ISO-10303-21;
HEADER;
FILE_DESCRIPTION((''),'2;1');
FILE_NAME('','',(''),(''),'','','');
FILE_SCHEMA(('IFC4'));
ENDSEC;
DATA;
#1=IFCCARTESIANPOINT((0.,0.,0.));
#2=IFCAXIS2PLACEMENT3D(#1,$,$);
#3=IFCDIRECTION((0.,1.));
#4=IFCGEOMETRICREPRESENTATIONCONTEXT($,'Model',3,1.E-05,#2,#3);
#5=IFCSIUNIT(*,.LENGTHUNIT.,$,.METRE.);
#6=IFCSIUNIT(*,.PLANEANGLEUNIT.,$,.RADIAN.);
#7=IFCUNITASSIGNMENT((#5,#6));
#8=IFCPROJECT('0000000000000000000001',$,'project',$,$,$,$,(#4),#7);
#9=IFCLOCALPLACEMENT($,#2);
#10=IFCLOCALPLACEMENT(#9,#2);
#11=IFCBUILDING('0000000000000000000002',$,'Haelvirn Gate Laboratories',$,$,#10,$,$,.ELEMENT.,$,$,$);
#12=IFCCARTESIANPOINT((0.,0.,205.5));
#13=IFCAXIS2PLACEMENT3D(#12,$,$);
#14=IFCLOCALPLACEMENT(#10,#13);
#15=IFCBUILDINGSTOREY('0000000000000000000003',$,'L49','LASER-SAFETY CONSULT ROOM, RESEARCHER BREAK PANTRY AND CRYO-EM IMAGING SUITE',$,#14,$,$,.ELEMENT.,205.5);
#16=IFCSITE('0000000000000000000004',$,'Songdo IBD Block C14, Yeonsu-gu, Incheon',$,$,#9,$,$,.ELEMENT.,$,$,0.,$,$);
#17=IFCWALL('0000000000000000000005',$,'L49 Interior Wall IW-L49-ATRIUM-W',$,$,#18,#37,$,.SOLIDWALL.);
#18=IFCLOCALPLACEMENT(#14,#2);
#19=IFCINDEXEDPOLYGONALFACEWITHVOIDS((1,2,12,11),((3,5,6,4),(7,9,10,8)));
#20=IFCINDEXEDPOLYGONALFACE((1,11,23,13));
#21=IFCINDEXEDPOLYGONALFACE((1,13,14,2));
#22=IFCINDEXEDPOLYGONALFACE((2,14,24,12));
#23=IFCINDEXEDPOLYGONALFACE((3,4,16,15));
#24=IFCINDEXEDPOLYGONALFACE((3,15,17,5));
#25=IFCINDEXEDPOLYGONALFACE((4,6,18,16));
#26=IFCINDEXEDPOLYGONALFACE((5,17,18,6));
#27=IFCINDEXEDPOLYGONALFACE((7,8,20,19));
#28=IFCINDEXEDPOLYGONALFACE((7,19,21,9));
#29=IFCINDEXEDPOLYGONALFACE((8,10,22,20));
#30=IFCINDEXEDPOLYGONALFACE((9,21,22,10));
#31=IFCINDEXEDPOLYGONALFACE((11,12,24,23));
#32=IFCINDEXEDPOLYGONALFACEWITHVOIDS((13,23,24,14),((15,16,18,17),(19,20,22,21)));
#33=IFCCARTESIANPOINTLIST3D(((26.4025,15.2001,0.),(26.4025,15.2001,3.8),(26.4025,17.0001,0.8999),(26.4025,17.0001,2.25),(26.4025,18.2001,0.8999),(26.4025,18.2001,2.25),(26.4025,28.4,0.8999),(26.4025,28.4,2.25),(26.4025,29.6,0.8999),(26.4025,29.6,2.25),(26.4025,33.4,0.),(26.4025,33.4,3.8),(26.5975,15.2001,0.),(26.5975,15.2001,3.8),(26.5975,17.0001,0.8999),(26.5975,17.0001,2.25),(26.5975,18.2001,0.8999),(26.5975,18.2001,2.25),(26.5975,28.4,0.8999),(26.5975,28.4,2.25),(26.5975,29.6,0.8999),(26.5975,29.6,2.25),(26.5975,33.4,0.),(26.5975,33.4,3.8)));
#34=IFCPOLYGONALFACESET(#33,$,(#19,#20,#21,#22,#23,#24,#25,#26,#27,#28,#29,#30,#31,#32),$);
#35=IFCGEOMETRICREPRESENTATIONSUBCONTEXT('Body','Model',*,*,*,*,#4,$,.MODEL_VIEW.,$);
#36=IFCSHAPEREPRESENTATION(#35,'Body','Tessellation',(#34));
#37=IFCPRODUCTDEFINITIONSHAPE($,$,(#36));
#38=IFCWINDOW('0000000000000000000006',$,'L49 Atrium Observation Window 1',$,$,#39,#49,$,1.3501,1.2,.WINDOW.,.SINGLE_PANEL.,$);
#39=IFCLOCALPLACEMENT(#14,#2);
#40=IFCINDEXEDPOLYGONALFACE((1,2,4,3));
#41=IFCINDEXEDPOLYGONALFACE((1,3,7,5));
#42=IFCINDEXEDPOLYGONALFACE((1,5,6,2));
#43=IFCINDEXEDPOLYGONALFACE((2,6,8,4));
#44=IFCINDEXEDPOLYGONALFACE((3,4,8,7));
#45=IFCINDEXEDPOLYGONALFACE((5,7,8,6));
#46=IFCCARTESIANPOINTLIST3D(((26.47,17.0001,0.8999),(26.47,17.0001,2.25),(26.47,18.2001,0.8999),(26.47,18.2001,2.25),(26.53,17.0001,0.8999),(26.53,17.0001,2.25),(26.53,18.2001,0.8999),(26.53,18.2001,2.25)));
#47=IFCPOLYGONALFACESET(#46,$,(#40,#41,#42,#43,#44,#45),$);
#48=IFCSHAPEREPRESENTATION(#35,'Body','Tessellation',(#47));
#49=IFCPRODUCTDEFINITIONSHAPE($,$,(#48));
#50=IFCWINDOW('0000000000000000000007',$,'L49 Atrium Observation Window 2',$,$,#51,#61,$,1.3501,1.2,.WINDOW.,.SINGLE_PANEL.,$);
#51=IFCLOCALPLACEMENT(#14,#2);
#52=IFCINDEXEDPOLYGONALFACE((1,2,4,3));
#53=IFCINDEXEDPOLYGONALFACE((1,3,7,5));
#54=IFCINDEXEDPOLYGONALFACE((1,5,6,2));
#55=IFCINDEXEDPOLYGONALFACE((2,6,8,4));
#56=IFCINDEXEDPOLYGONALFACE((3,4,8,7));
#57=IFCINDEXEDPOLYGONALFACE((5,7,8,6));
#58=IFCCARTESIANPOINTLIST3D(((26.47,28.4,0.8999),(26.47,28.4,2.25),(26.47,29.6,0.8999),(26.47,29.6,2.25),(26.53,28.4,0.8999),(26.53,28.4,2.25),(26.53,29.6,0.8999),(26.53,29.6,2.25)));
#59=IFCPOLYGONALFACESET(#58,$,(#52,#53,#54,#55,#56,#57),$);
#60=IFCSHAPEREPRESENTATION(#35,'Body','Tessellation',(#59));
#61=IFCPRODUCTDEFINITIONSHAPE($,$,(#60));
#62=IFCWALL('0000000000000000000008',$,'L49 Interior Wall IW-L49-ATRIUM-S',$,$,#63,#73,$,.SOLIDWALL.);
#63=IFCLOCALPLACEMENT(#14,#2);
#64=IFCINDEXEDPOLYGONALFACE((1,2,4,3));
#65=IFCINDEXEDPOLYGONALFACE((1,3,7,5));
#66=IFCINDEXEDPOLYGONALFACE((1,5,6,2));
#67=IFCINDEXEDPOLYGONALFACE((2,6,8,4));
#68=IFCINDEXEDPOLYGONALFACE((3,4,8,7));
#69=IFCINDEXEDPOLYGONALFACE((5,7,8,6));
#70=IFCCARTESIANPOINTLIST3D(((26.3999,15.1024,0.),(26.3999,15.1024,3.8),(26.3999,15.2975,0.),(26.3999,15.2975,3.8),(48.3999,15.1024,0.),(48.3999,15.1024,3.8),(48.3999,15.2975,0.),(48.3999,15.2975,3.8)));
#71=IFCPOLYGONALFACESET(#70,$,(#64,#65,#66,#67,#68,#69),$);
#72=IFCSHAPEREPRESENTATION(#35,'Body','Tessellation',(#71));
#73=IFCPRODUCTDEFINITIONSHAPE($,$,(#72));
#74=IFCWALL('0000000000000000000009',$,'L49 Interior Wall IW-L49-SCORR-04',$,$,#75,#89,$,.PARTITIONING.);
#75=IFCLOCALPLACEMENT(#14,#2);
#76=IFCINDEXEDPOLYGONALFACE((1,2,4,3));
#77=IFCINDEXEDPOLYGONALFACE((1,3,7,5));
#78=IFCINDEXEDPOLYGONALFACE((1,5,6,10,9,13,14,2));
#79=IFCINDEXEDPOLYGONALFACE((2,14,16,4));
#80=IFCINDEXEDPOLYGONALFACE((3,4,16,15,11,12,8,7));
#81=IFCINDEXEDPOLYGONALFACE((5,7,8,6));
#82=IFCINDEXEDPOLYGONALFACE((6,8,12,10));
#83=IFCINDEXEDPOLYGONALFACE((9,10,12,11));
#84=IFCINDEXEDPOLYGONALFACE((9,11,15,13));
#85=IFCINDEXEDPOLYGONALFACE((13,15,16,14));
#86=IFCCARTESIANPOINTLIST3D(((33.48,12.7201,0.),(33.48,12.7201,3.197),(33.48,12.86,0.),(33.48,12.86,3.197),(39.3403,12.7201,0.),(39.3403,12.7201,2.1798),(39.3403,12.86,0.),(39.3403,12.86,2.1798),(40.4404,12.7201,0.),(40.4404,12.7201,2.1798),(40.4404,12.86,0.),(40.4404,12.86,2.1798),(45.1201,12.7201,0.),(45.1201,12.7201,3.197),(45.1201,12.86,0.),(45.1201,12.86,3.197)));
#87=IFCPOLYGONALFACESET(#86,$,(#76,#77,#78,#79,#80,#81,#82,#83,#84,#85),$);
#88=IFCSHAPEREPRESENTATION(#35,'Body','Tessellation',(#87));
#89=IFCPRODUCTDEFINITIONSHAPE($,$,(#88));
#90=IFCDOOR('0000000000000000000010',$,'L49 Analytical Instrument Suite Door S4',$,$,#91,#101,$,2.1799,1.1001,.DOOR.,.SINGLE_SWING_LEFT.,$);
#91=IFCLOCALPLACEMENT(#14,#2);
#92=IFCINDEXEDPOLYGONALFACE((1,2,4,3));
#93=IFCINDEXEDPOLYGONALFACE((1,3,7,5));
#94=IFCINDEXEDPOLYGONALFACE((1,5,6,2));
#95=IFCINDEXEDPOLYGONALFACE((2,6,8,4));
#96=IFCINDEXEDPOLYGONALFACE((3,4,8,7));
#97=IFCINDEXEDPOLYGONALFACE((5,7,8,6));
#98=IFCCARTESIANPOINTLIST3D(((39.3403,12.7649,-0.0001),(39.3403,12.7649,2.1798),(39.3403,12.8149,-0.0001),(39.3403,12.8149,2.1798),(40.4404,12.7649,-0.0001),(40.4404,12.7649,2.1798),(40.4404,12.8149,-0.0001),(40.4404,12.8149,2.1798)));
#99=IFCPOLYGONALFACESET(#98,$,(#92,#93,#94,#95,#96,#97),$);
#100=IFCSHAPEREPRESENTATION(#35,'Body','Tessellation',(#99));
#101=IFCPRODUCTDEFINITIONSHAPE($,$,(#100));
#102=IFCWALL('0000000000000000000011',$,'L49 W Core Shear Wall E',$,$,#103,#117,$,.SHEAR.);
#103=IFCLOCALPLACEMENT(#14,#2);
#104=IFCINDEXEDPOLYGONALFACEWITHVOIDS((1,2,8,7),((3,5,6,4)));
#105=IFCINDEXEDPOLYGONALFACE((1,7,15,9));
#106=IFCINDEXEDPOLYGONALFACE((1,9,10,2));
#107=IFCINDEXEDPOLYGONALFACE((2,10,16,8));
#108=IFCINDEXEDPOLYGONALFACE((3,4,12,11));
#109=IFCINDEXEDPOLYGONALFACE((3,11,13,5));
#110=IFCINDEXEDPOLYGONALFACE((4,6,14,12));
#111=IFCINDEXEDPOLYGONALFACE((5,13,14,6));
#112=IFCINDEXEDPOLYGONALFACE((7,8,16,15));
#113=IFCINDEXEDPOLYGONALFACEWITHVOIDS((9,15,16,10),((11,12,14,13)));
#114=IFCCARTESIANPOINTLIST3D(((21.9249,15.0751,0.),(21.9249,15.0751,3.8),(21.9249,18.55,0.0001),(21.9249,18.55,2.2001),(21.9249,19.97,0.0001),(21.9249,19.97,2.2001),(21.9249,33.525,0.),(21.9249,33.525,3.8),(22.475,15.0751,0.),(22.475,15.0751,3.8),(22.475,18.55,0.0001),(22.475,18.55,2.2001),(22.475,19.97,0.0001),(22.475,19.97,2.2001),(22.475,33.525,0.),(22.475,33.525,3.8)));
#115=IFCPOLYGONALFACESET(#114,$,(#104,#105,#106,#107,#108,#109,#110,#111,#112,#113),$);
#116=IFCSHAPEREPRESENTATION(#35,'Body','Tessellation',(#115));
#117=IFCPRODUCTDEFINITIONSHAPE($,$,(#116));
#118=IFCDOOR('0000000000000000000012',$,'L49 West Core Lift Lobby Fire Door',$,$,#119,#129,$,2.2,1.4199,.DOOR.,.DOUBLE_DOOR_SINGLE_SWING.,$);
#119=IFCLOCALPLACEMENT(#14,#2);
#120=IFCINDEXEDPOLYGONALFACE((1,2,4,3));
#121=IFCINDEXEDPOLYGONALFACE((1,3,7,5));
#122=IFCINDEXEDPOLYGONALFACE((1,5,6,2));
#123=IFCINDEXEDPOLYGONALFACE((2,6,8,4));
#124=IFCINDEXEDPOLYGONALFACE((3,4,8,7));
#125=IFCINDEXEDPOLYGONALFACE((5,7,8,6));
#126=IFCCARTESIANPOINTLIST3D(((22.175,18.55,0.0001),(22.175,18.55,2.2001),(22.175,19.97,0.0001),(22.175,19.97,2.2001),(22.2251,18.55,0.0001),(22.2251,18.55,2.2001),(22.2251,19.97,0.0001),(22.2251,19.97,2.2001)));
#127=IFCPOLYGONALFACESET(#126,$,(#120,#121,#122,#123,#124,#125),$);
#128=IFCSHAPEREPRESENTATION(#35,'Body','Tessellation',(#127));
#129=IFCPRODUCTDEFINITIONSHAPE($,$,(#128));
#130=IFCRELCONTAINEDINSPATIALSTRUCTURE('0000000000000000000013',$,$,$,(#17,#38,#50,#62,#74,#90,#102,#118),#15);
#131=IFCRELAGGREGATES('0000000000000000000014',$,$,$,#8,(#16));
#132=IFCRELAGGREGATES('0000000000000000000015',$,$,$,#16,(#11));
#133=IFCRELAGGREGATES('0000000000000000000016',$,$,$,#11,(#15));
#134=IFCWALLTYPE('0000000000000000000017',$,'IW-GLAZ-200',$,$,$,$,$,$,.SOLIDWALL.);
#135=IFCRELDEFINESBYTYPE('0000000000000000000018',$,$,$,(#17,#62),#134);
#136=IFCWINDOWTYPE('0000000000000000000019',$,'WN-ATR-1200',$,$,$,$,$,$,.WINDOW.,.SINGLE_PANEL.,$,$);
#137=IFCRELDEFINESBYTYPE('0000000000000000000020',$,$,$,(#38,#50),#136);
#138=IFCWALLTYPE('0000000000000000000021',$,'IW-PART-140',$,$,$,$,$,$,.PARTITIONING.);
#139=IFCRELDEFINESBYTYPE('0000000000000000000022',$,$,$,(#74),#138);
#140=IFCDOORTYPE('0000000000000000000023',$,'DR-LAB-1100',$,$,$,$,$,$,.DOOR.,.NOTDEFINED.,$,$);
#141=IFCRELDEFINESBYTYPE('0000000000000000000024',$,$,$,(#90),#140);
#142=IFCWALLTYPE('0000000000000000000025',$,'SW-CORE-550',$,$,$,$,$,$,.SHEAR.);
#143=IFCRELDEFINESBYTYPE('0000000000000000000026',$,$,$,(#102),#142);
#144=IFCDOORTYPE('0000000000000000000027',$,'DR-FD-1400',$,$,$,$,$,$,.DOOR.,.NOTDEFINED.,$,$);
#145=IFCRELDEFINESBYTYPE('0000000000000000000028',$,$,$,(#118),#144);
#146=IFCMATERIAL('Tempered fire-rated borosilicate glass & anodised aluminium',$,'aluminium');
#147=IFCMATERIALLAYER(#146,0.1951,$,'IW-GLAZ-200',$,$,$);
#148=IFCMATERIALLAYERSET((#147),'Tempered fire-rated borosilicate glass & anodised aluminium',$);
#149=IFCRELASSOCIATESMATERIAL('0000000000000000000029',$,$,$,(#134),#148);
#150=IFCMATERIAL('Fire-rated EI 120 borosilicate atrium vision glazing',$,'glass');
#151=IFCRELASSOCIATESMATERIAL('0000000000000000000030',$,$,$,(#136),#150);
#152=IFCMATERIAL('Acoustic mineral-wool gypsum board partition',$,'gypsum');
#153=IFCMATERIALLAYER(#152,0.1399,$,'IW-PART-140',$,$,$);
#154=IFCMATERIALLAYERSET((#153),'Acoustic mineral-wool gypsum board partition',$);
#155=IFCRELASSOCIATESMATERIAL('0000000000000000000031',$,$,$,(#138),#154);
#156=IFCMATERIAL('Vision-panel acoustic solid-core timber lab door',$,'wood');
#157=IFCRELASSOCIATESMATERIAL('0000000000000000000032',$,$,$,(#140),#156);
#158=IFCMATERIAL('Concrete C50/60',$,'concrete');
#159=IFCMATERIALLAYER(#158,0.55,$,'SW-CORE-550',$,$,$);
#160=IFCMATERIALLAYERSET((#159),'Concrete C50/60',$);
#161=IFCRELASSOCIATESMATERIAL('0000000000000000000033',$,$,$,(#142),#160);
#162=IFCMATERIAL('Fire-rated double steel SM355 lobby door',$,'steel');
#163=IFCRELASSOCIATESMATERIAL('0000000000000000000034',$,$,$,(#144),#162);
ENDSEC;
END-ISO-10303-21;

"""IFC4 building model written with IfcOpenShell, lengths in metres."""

from ifc_helpers import new_model, si_unit, direction, frame, frame_2d, origin, place, context, subcontext, project, spatial, rectangle, extrude, source, transform, mapped, material, layer, layer_set, type_object, type_shapes, element, fill, save


model = new_model("IFC4")

# Units and contexts
model_context = context("Model", 3, precision=1e-05, world=origin(), true_north=direction((0.0, 1.0)))
body_context = subcontext(model_context, "Body", "Model", "MODEL_VIEW")
ifc_project = project(units=[si_unit("LENGTHUNIT", "METRE"), si_unit("PLANEANGLEUNIT", "RADIAN")], contexts=[model_context])

# Site, building, storey
site_placement = place(None, origin())
site = spatial("IfcSite", under=ifc_project, at=site_placement, Name="Songdo IBD Block C14, Yeonsu-gu, Incheon", CompositionType="ELEMENT", RefElevation=0.0)
building_placement = place(site_placement, origin())
building = spatial("IfcBuilding", under=site, at=building_placement, Name="Haelvirn Gate Laboratories", CompositionType="ELEMENT")
storey_placement = place(building_placement, frame((0.0, 0.0, 205.5)))
storey = spatial("IfcBuildingStorey", under=building, at=storey_placement, Name="L49", Description="LASER-SAFETY CONSULT ROOM, RESEARCHER BREAK PANTRY AND CRYO-EM IMAGING SUITE", CompositionType="ELEMENT", Elevation=205.5)

# Wall, openings, windows
ifc_material_1 = material(Name="Tempered fire-rated borosilicate glass & anodised aluminium", Category="aluminium")
ifc_layer_1 = layer(ifc_material_1, 0.1951, Name="IW-GLAZ-200")
ifc_layer_set_1 = layer_set([ifc_layer_1], Name="Tempered fire-rated borosilicate glass & anodised aluminium")
wall_type_1 = type_object("IfcWallType", Name="IW-GLAZ-200", PredefinedType="SOLIDWALL", material=ifc_layer_set_1)
wall_1_placement = place(storey_placement, frame((26.5, 15.2, 0.0), z_axis=(0.0, 0.0, 1.0), x_axis=(0.0, 1.0, 0.0)))
wall_1 = element("IfcWall", 1, at=wall_1_placement, inside=storey, type_object=wall_type_1, Name="L49 Interior Wall IW-L49-ATRIUM-W", PredefinedType="SOLIDWALL", context=body_context, shape_type="SweptSolid", body=[
    extrude(rectangle(XDim=18.2, YDim=0.1951, at=frame_2d((9.1001, 0.0))), origin(), (0.0, 0.0, 1.0), 3.8),
])
opening_1_placement = place(wall_1_placement, frame((1.8, 0.0, 0.8999)))
opening_1 = element("IfcOpeningElement", 2, at=opening_1_placement, cuts=wall_1, PredefinedType="OPENING", context=body_context, shape_type="SweptSolid", body=[
    extrude(rectangle(XDim=1.2, YDim=1.3501, at=frame_2d((0.6001, 0.675))), frame((0.0, 0.1074, 0.0), z_axis=(0.0, -1.0, 0.0), x_axis=(1.0, 0.0, 0.0)), (0.0, 0.0, 1.0), 0.2151),
])
opening_2_placement = place(wall_1_placement, frame((13.2, 0.0, 0.8999)))
opening_2 = element("IfcOpeningElement", 3, at=opening_2_placement, cuts=wall_1, PredefinedType="OPENING", context=body_context, shape_type="SweptSolid", body=[
    extrude(rectangle(XDim=1.2, YDim=1.3501, at=frame_2d((0.6001, 0.675))), frame((0.0, 0.1074, 0.0), z_axis=(0.0, -1.0, 0.0), x_axis=(1.0, 0.0, 0.0)), (0.0, 0.0, 1.0), 0.2151),
])
ifc_material_2 = material(Name="Fire-rated EI 120 borosilicate atrium vision glazing", Category="glass")
window_type = type_object("IfcWindowType", Name="WN-ATR-1200", PartitioningType="SINGLE_PANEL", PredefinedType="WINDOW", material=ifc_material_2)
shared_shape_1 = source(origin(), body_context, "Body", "SweptSolid", [
    extrude(rectangle(XDim=1.2, YDim=1.3501, at=frame_2d((0.6001, 0.675))), frame((0.0, 0.03, 0.0), z_axis=(0.0, -1.0, 0.0), x_axis=(1.0, 0.0, 0.0)), (0.0, 0.0, 1.0), 0.0601),
])
type_shapes(window_type, [shared_shape_1])
window_1_placement = place(opening_1_placement, origin())
window_1 = element("IfcWindow", 4, at=window_1_placement, inside=storey, type_object=window_type, Name="L49 Atrium Observation Window 1", OverallHeight=1.3501, OverallWidth=1.2, PartitioningType="SINGLE_PANEL", PredefinedType="WINDOW", context=body_context, shape_type="MappedRepresentation", body=[
    mapped(shared_shape_1, transform((0.0, 0.0, 0.0), scale=1.0)),
])
fill(opening_1, window_1)
window_2_placement = place(opening_2_placement, origin())
window_2 = element("IfcWindow", 5, at=window_2_placement, inside=storey, type_object=window_type, Name="L49 Atrium Observation Window 2", OverallHeight=1.3501, OverallWidth=1.2, PartitioningType="SINGLE_PANEL", PredefinedType="WINDOW", context=body_context, shape_type="MappedRepresentation", body=[
    mapped(shared_shape_1, transform((0.0, 0.0, 0.0), scale=1.0)),
])
fill(opening_2, window_2)

# Wall
wall_2_placement = place(storey_placement, frame((26.3999, 15.2, 0.0), z_axis=(0.0, 0.0, 1.0), x_axis=(1.0, 0.0, 0.0)))
element("IfcWall", 6, at=wall_2_placement, inside=storey, type_object=wall_type_1, Name="L49 Interior Wall IW-L49-ATRIUM-S", PredefinedType="SOLIDWALL", context=body_context, shape_type="SweptSolid", body=[
    extrude(rectangle(XDim=22.0, YDim=0.1951, at=frame_2d((11.0, 0.0))), origin(), (0.0, 0.0, 1.0), 3.8),
])

# Walls, openings, doors
ifc_material_3 = material(Name="Acoustic mineral-wool gypsum board partition", Category="gypsum")
ifc_layer_2 = layer(ifc_material_3, 0.1399, Name="IW-PART-140")
ifc_layer_set_2 = layer_set([ifc_layer_2], Name="Acoustic mineral-wool gypsum board partition")
wall_type_2 = type_object("IfcWallType", Name="IW-PART-140", PredefinedType="PARTITIONING", material=ifc_layer_set_2)
wall_3_placement = place(storey_placement, frame((33.48, 12.79, 0.0), z_axis=(0.0, 0.0, 1.0), x_axis=(1.0, 0.0, 0.0)))
wall_3 = element("IfcWall", 7, at=wall_3_placement, inside=storey, type_object=wall_type_2, Name="L49 Interior Wall IW-L49-SCORR-04", PredefinedType="PARTITIONING", context=body_context, shape_type="SweptSolid", body=[
    extrude(rectangle(XDim=11.6401, YDim=0.1399, at=frame_2d((5.8201, 0.0))), origin(), (0.0, 0.0, 1.0), 3.197),
])
opening_3_placement = place(wall_3_placement, frame((5.8604, 0.0, 0.0)))
opening_3 = element("IfcOpeningElement", 8, at=opening_3_placement, cuts=wall_3, PredefinedType="OPENING", context=body_context, shape_type="SweptSolid", body=[
    extrude(rectangle(XDim=1.1001, YDim=2.1799, at=frame_2d((0.55, 1.0898))), frame((0.0, 0.0801, 0.0), z_axis=(0.0, -1.0, 0.0), x_axis=(1.0, 0.0, 0.0)), (0.0, 0.0, 1.0), 0.1599),
])
ifc_material_4 = material(Name="Vision-panel acoustic solid-core timber lab door", Category="wood")
door_type_1 = type_object("IfcDoorType", Name="DR-LAB-1100", OperationType="NOTDEFINED", PredefinedType="DOOR", material=ifc_material_4)
shared_shape_2 = source(origin(), body_context, "Body", "SweptSolid", [
    extrude(rectangle(XDim=1.1001, YDim=2.1799, at=frame_2d((0.55, 1.0898))), frame((0.0, 0.0249, 0.0), z_axis=(0.0, -1.0, 0.0), x_axis=(1.0, 0.0, 0.0)), (0.0, 0.0, 1.0), 0.05),
])
type_shapes(door_type_1, [shared_shape_2])
door_1_placement = place(opening_3_placement, origin())
door_1 = element("IfcDoor", 9, at=door_1_placement, inside=storey, type_object=door_type_1, Name="L49 Analytical Instrument Suite Door S4", OperationType="SINGLE_SWING_LEFT", OverallHeight=2.1799, OverallWidth=1.1001, PredefinedType="DOOR", context=body_context, shape_type="MappedRepresentation", body=[
    mapped(shared_shape_2, transform((0.0, 0.0, 0.0), scale=1.0)),
])
fill(opening_3, door_1)
ifc_material_5 = material(Name="Concrete C50/60", Category="concrete")
ifc_layer_3 = layer(ifc_material_5, 0.55, Name="SW-CORE-550")
ifc_layer_set_3 = layer_set([ifc_layer_3], Name="Concrete C50/60")
wall_type_3 = type_object("IfcWallType", Name="SW-CORE-550", PredefinedType="SHEAR", material=ifc_layer_set_3)
wall_4_placement = place(storey_placement, frame((22.2, 15.075, 0.0), z_axis=(0.0, 0.0, 1.0), x_axis=(0.0, 1.0, 0.0)))
wall_4 = element("IfcWall", 10, at=wall_4_placement, inside=storey, type_object=wall_type_3, Name="L49 W Core Shear Wall E", PredefinedType="SHEAR", context=body_context, shape_type="SweptSolid", body=[
    extrude(rectangle(XDim=18.45, YDim=0.55, at=frame_2d((9.2251, 0.0))), origin(), (0.0, 0.0, 1.0), 3.8),
])
opening_4_placement = place(wall_4_placement, frame((3.4751, 0.0, 0.0)))
opening_4 = element("IfcOpeningElement", 11, at=opening_4_placement, cuts=wall_4, PredefinedType="OPENING", context=body_context, shape_type="SweptSolid", body=[
    extrude(rectangle(XDim=1.4199, YDim=2.2, at=frame_2d((0.71, 1.1001))), frame((0.0, 0.2852, 0.0), z_axis=(0.0, -1.0, 0.0), x_axis=(1.0, 0.0, 0.0)), (0.0, 0.0, 1.0), 0.5701),
])
ifc_material_6 = material(Name="Fire-rated double steel SM355 lobby door", Category="steel")
door_type_2 = type_object("IfcDoorType", Name="DR-FD-1400", OperationType="NOTDEFINED", PredefinedType="DOOR", material=ifc_material_6)
shared_shape_3 = source(origin(), body_context, "Body", "SweptSolid", [
    extrude(rectangle(XDim=1.4199, YDim=2.2, at=frame_2d((0.71, 1.1001))), frame((0.0, 0.0249, 0.0), z_axis=(0.0, -1.0, 0.0), x_axis=(1.0, 0.0, 0.0)), (0.0, 0.0, 1.0), 0.05),
])
type_shapes(door_type_2, [shared_shape_3])
door_2_placement = place(opening_4_placement, origin())
door_2 = element("IfcDoor", 12, at=door_2_placement, inside=storey, type_object=door_type_2, Name="L49 West Core Lift Lobby Fire Door", OperationType="DOUBLE_DOOR_SINGLE_SWING", OverallHeight=2.2, OverallWidth=1.4199, PredefinedType="DOOR", context=body_context, shape_type="MappedRepresentation", body=[
    mapped(shared_shape_3, transform((0.0, 0.0, 0.0), scale=1.0)),
])
fill(opening_4, door_2)

save(model, "model.ifc")
